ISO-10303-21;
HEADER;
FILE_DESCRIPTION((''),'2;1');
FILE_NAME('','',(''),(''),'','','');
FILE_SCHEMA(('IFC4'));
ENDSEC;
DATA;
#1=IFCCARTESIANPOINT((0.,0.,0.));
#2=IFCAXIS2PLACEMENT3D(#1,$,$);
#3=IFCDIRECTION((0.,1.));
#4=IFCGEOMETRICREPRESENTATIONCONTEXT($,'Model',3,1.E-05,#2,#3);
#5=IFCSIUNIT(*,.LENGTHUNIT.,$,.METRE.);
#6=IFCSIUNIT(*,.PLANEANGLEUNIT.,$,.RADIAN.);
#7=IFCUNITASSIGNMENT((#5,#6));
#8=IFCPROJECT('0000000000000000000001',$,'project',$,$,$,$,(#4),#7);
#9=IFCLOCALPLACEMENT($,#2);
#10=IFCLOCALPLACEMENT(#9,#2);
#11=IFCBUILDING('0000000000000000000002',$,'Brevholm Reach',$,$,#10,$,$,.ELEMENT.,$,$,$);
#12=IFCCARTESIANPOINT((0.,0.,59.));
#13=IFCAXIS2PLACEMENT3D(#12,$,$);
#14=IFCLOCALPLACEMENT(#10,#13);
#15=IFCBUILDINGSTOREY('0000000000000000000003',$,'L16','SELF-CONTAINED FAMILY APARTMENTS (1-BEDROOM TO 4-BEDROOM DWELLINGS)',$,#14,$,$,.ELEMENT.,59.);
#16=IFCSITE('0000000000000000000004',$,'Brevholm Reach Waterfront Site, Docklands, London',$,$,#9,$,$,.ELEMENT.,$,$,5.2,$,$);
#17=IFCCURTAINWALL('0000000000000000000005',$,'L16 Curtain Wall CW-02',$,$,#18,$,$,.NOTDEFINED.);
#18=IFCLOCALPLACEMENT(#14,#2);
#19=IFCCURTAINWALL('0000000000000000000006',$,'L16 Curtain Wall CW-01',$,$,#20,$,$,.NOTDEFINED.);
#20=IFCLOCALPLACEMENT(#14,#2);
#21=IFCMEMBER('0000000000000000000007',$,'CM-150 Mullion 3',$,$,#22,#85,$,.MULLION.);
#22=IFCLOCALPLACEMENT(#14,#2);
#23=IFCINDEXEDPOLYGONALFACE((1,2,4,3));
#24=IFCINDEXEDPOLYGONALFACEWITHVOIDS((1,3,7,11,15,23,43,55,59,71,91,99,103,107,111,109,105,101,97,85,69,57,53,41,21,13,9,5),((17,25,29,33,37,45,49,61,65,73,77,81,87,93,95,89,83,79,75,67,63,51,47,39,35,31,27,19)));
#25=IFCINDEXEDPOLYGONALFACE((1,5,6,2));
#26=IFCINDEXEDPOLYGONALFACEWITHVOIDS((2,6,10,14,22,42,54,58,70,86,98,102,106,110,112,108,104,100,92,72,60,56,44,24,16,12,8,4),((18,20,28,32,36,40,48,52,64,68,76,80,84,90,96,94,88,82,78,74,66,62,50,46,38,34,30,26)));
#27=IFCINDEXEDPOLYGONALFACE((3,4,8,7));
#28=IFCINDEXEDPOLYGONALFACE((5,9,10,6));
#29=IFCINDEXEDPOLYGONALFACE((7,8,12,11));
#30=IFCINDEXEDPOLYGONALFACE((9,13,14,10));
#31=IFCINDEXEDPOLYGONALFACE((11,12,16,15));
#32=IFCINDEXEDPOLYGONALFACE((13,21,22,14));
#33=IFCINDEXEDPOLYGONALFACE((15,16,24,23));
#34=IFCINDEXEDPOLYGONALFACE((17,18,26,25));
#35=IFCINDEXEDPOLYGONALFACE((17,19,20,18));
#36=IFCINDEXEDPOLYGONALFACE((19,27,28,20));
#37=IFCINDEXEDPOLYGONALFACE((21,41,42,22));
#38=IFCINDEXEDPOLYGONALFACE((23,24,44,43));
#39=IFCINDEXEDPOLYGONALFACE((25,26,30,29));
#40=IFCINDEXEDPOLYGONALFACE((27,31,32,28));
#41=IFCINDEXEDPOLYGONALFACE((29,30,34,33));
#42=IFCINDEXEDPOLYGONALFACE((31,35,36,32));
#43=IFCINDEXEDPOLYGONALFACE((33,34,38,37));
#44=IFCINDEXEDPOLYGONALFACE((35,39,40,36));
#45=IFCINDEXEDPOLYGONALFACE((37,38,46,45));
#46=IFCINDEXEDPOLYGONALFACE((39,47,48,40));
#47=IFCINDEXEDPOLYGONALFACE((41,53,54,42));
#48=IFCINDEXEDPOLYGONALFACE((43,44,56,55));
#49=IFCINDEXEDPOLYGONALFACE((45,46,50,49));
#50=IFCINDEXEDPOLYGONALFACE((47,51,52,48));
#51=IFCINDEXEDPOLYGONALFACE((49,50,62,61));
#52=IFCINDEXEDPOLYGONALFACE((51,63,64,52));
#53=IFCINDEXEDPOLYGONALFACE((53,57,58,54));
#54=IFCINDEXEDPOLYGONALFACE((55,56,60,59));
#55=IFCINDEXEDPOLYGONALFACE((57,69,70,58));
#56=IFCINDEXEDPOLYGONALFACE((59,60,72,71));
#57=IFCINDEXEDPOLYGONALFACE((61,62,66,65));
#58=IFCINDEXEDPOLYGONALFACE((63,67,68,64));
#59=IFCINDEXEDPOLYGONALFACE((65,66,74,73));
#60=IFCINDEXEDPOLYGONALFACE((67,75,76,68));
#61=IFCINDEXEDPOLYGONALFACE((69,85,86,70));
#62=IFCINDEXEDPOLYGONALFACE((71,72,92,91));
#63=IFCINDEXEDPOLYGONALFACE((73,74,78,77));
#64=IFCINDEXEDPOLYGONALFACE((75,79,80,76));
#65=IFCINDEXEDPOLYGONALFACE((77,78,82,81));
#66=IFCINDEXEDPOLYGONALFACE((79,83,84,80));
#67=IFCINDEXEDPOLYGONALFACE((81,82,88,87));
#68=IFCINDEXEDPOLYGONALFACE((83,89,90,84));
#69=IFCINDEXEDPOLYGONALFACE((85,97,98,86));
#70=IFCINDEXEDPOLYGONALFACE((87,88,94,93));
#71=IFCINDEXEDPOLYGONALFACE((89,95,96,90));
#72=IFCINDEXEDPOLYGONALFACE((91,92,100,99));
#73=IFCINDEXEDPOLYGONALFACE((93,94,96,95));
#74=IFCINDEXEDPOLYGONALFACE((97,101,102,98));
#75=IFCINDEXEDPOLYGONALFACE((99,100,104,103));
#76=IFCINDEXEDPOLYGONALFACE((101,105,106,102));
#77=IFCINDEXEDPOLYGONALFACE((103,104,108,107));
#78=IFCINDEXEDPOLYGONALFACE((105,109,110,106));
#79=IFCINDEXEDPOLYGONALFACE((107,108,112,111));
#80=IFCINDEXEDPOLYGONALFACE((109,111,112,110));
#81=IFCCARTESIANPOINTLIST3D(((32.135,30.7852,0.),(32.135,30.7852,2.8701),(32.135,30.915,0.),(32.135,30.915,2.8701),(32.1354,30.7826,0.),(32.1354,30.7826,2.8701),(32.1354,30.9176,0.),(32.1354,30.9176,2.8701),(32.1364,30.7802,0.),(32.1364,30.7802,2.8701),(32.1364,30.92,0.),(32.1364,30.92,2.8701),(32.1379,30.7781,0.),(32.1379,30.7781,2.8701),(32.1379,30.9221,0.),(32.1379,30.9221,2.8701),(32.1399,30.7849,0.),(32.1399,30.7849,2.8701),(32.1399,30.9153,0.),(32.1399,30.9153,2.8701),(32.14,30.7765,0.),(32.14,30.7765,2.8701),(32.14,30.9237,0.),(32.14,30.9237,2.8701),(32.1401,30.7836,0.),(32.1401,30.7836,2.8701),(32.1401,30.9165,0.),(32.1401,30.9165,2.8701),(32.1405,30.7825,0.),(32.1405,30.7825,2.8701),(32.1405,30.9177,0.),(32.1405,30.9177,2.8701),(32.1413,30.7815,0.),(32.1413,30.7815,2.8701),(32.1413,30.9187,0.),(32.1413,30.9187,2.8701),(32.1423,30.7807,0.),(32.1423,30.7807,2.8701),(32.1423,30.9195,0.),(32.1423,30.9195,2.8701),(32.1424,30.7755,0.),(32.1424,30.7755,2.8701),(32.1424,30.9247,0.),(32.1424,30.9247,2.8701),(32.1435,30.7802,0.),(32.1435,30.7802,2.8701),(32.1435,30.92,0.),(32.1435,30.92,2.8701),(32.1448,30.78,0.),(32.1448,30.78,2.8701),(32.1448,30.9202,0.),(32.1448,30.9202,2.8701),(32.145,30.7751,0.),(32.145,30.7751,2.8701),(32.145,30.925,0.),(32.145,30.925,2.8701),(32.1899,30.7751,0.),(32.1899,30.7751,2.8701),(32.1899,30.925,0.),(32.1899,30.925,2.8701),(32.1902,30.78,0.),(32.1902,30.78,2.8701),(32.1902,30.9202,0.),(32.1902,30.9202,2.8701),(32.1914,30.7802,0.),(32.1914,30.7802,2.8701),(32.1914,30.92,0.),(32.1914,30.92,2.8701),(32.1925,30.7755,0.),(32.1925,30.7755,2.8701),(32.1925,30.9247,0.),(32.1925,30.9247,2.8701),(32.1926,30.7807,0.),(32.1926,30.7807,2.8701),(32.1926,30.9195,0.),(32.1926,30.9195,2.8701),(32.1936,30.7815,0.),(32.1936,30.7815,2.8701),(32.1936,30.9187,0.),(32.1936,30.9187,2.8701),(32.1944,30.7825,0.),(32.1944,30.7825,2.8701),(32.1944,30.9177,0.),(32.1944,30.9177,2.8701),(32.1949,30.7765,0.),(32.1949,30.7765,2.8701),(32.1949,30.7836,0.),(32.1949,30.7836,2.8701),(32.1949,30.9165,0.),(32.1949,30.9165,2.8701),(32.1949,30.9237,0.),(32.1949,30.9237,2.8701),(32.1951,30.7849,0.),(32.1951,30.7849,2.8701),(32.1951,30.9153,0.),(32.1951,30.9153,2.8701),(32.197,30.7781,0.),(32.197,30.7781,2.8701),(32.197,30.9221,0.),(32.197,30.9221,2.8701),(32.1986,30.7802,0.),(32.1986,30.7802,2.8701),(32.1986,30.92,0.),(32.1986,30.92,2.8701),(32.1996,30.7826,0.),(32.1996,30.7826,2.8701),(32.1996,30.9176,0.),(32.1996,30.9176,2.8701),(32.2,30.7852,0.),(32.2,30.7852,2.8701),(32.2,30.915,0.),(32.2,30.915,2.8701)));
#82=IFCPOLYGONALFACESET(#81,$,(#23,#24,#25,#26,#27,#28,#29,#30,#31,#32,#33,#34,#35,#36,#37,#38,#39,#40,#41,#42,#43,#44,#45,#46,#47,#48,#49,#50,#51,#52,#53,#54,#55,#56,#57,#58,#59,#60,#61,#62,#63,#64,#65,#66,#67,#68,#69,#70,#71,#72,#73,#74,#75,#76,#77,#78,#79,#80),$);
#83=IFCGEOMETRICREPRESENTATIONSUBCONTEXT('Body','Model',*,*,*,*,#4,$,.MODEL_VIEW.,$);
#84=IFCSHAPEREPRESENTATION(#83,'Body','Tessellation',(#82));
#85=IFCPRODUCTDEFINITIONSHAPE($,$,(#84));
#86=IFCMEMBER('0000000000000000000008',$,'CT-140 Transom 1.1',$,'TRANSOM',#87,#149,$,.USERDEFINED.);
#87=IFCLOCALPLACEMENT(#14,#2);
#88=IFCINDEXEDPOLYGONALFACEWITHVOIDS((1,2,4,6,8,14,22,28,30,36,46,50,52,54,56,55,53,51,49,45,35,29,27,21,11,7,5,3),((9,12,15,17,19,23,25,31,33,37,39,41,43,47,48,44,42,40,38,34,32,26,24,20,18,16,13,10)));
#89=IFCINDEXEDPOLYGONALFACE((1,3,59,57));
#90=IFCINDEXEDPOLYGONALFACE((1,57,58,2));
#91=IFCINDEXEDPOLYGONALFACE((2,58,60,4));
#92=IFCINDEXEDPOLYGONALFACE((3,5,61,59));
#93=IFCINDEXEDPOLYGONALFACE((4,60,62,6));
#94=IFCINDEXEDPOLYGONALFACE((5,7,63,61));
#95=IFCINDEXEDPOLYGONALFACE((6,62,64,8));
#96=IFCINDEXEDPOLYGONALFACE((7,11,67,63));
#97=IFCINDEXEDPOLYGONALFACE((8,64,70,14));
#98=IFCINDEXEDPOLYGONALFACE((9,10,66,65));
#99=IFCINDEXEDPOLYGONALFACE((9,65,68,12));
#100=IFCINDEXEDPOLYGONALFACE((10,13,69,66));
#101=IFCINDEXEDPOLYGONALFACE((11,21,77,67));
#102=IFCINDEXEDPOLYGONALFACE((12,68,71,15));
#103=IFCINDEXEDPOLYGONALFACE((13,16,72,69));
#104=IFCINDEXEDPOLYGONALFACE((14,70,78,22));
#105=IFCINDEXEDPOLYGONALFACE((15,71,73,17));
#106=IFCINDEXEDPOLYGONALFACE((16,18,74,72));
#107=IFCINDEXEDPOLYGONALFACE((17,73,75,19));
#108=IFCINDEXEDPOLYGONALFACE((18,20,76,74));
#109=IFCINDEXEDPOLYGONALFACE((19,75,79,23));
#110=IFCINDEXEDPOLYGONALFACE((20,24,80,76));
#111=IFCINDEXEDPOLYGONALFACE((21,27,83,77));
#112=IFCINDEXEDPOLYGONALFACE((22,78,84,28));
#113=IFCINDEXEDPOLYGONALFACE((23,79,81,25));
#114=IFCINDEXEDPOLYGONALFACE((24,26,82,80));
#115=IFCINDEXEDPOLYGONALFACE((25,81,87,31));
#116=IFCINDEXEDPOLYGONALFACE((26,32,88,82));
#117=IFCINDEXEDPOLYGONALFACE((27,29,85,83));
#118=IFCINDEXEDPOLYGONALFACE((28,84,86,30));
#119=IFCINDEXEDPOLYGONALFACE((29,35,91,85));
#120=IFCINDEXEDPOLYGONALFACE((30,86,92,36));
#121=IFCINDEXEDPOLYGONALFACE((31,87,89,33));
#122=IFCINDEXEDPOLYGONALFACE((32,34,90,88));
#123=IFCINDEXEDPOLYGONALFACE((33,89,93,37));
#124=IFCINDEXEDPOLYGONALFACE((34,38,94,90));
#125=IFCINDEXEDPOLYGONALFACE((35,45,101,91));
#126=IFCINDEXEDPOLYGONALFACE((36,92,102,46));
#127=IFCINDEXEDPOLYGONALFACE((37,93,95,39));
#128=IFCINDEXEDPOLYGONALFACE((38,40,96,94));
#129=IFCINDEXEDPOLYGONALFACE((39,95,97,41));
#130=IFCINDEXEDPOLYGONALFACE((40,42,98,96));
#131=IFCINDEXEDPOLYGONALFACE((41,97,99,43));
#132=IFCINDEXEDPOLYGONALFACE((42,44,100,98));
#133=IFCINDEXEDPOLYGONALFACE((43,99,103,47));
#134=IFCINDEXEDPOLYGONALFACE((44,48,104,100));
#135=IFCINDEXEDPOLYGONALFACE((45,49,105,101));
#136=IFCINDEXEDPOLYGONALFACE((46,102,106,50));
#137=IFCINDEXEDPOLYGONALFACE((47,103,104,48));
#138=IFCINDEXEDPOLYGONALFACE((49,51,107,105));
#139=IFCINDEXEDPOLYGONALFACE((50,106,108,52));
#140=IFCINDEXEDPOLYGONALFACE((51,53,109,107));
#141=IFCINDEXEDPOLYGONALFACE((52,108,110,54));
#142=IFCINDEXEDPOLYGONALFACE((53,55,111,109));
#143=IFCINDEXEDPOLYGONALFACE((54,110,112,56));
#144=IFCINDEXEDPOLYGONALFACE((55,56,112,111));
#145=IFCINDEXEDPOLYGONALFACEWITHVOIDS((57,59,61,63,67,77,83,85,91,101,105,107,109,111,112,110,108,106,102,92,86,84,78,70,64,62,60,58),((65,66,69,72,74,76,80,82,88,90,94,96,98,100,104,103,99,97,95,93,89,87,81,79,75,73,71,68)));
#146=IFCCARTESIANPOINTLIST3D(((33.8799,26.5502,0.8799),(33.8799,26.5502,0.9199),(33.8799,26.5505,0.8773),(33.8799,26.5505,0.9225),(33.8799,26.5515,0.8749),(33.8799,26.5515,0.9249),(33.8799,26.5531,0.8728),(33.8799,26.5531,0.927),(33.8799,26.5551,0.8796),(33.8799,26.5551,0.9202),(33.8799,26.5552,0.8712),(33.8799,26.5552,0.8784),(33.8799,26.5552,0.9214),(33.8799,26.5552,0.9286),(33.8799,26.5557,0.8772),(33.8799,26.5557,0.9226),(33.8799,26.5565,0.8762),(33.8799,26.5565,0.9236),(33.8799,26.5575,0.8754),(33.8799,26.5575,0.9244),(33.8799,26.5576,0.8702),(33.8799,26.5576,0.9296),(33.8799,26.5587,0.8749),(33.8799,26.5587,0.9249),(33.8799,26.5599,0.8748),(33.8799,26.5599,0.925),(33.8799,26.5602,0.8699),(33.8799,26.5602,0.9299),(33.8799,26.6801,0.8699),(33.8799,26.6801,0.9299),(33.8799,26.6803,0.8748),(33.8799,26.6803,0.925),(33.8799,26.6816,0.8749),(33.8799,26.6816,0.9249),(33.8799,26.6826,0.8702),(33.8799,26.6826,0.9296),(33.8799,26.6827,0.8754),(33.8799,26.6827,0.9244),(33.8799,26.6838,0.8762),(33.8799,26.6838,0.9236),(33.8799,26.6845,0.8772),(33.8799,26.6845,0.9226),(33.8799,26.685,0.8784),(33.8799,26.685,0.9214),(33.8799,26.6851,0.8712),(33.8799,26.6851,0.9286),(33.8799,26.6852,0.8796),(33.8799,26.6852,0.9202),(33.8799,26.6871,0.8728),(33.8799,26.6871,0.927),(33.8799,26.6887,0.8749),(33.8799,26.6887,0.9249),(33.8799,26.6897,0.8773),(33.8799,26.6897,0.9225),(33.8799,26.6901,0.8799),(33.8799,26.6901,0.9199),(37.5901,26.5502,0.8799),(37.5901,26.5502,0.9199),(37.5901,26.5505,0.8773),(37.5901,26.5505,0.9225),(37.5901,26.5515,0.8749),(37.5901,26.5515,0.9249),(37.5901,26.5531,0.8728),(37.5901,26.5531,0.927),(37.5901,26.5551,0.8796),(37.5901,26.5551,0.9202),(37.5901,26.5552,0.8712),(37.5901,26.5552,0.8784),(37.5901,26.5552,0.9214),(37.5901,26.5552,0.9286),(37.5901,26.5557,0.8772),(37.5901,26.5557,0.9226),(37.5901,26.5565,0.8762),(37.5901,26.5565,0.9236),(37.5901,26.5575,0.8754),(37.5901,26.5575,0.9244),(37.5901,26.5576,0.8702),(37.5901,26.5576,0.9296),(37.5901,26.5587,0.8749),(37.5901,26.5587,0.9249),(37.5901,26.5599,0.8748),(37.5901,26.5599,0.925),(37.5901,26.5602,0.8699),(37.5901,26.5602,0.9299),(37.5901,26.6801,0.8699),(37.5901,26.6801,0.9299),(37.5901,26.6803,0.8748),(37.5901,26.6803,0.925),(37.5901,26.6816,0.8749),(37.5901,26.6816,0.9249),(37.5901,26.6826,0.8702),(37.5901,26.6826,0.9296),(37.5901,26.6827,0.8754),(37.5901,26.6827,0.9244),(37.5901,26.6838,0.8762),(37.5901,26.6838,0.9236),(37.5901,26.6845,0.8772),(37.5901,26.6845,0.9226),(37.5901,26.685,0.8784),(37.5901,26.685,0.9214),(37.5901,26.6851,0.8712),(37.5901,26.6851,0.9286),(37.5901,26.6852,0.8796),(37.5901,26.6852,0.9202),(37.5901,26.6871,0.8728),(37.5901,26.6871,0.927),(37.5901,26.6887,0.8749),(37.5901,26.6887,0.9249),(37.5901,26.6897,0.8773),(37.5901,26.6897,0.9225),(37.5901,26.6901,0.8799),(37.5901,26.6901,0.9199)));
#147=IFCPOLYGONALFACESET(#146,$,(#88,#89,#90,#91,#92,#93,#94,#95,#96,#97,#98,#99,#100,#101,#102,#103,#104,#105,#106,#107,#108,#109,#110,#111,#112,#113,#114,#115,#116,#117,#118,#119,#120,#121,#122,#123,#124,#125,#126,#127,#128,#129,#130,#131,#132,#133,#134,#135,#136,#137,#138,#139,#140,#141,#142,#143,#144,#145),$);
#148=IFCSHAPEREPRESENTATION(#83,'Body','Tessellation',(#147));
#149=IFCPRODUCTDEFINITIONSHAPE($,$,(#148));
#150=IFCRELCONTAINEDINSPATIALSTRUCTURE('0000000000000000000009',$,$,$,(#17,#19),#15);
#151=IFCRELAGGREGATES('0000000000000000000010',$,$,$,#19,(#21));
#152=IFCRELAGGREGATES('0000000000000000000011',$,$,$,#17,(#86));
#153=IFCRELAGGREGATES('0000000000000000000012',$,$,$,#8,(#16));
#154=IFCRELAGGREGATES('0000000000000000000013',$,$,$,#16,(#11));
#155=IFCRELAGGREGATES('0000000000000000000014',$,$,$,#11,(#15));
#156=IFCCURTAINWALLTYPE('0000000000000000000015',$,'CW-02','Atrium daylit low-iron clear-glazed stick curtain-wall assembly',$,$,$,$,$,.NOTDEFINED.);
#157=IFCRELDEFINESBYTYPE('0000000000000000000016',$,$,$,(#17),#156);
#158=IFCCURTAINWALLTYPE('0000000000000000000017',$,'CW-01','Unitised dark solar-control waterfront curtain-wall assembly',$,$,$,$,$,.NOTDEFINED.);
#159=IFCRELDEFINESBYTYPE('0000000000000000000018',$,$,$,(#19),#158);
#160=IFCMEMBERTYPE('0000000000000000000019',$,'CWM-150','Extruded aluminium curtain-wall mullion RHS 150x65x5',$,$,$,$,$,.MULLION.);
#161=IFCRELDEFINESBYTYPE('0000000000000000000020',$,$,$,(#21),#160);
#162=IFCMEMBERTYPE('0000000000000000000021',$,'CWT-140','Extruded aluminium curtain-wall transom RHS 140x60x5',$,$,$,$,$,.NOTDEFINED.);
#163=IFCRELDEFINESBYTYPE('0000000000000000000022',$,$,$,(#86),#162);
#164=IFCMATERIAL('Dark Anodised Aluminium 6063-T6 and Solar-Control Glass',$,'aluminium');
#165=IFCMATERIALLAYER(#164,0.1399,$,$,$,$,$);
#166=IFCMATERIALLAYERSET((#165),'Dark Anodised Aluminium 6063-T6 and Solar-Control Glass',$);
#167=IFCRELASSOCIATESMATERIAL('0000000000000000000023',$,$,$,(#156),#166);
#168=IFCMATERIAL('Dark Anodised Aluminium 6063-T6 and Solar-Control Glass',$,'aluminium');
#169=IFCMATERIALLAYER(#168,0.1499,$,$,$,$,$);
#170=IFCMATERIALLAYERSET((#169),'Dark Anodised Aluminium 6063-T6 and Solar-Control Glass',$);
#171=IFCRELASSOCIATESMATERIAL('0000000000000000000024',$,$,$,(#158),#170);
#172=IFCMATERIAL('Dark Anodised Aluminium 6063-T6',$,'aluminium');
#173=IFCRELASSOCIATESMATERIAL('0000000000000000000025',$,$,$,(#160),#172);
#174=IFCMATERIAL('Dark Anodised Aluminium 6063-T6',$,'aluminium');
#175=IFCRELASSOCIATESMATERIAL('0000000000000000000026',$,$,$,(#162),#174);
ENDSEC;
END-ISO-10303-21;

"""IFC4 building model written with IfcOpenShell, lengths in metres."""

from ifc_helpers import new_model, si_unit, direction, frame, origin, origin_2d, place, context, subcontext, project, spatial, hollow_rectangle, extrude, material, layer, layer_set, material_profile, profile_set, type_object, element, aggregate, save


model = new_model("IFC4")

# Units and contexts
model_context = context("Model", 3, precision=1e-05, world=origin(), true_north=direction((0.0, 1.0)))
body_context = subcontext(model_context, "Body", "Model", "MODEL_VIEW")
ifc_project = project(units=[si_unit("LENGTHUNIT", "METRE"), si_unit("PLANEANGLEUNIT", "RADIAN")], contexts=[model_context])

# Site, building, storey
site_placement = place(None, origin())
site = spatial("IfcSite", under=ifc_project, at=site_placement, Name="Brevholm Reach Waterfront Site, Docklands, London", CompositionType="ELEMENT", RefElevation=5.2)
building_placement = place(site_placement, origin())
building = spatial("IfcBuilding", under=site, at=building_placement, Name="Brevholm Reach", CompositionType="ELEMENT")
storey_placement = place(building_placement, frame((0.0, 0.0, 59.0)))
storey = spatial("IfcBuildingStorey", under=building, at=storey_placement, Name="L16", Description="SELF-CONTAINED FAMILY APARTMENTS (1-BEDROOM TO 4-BEDROOM DWELLINGS)", CompositionType="ELEMENT", Elevation=59.0)

# Curtain walls, member
ifc_material_1 = material(Name="Dark Anodised Aluminium 6063-T6 and Solar-Control Glass", Category="aluminium")
ifc_layer_1 = layer(ifc_material_1, 0.1399)
ifc_layer_set_1 = layer_set([ifc_layer_1], Name="Dark Anodised Aluminium 6063-T6 and Solar-Control Glass")
curtain_wall_type_1 = type_object("IfcCurtainWallType", Name="CW-02", Description="Atrium daylit low-iron clear-glazed stick curtain-wall assembly", PredefinedType="NOTDEFINED", material=ifc_layer_set_1)
curtain_wall_1_placement = place(storey_placement, origin())
curtain_wall_1 = element("IfcCurtainWall", 1, at=curtain_wall_1_placement, inside=storey, type_object=curtain_wall_type_1, Name="L16 Curtain Wall CW-02", PredefinedType="NOTDEFINED")
ifc_material_2 = material(Name="Dark Anodised Aluminium 6063-T6 and Solar-Control Glass", Category="aluminium")
ifc_layer_2 = layer(ifc_material_2, 0.1499)
ifc_layer_set_2 = layer_set([ifc_layer_2], Name="Dark Anodised Aluminium 6063-T6 and Solar-Control Glass")
curtain_wall_type_2 = type_object("IfcCurtainWallType", Name="CW-01", Description="Unitised dark solar-control waterfront curtain-wall assembly", PredefinedType="NOTDEFINED", material=ifc_layer_set_2)
curtain_wall_2_placement = place(storey_placement, origin())
curtain_wall_2 = element("IfcCurtainWall", 2, at=curtain_wall_2_placement, inside=storey, type_object=curtain_wall_type_2, Name="L16 Curtain Wall CW-01", PredefinedType="NOTDEFINED")
ifc_material_3 = material(Name="Dark Anodised Aluminium 6063-T6", Category="aluminium")
ifc_material_profile_1 = material_profile(ifc_material_3, hollow_rectangle(XDim=0.0649, YDim=0.1499, WallThickness=0.0049, InnerFilletRadius=0.0049, OuterFilletRadius=0.01, at=origin_2d()), Name="RHS 150x65x5")
ifc_profile_set_1 = profile_set([ifc_material_profile_1], Name="Dark Anodised Aluminium 6063-T6")
member_type_1 = type_object("IfcMemberType", Name="CWM-150", Description="Extruded aluminium curtain-wall mullion RHS 150x65x5", PredefinedType="MULLION", material=ifc_profile_set_1)
member_1_placement = place(storey_placement, frame((32.1675, 30.8501, 0.0), z_axis=(0.0, 0.0, 1.0), x_axis=(1.0, 0.0, 0.0)))
member_1 = element("IfcMember", 3, at=member_1_placement, type_object=member_type_1, Name="CM-150 Mullion 3", PredefinedType="MULLION", context=body_context, shape_type="SweptSolid", body=[
    extrude(hollow_rectangle(XDim=0.0649, YDim=0.1499, WallThickness=0.0049, InnerFilletRadius=0.0049, OuterFilletRadius=0.01, at=origin_2d()), origin(), (0.0, 0.0, 1.0), 2.8701),
])

# Member
ifc_material_4 = material(Name="Dark Anodised Aluminium 6063-T6", Category="aluminium")
ifc_material_profile_2 = material_profile(ifc_material_4, hollow_rectangle(XDim=0.0601, YDim=0.1399, WallThickness=0.0049, InnerFilletRadius=0.0049, OuterFilletRadius=0.01, at=origin_2d()), Name="RHS 140x60x5")
ifc_profile_set_2 = profile_set([ifc_material_profile_2], Name="Dark Anodised Aluminium 6063-T6")
member_type_2 = type_object("IfcMemberType", Name="CWT-140", Description="Extruded aluminium curtain-wall transom RHS 140x60x5", PredefinedType="NOTDEFINED", material=ifc_profile_set_2)
member_2_placement = place(storey_placement, frame((37.5901, 26.6201, 0.8999), z_axis=(-1.0, 0.0, 0.0), x_axis=(0.0, 0.0, 1.0)))
member_2 = element("IfcMember", 4, at=member_2_placement, type_object=member_type_2, Name="CT-140 Transom 1.1", ObjectType="TRANSOM", PredefinedType="USERDEFINED", context=body_context, shape_type="SweptSolid", body=[
    extrude(hollow_rectangle(XDim=0.0601, YDim=0.1399, WallThickness=0.0049, InnerFilletRadius=0.0049, OuterFilletRadius=0.01, at=origin_2d()), origin(), (0.0, 0.0, 1.0), 3.7102),
])

aggregate(curtain_wall_2, [member_1])
aggregate(curtain_wall_1, [member_2])

save(model, "model.ifc")
